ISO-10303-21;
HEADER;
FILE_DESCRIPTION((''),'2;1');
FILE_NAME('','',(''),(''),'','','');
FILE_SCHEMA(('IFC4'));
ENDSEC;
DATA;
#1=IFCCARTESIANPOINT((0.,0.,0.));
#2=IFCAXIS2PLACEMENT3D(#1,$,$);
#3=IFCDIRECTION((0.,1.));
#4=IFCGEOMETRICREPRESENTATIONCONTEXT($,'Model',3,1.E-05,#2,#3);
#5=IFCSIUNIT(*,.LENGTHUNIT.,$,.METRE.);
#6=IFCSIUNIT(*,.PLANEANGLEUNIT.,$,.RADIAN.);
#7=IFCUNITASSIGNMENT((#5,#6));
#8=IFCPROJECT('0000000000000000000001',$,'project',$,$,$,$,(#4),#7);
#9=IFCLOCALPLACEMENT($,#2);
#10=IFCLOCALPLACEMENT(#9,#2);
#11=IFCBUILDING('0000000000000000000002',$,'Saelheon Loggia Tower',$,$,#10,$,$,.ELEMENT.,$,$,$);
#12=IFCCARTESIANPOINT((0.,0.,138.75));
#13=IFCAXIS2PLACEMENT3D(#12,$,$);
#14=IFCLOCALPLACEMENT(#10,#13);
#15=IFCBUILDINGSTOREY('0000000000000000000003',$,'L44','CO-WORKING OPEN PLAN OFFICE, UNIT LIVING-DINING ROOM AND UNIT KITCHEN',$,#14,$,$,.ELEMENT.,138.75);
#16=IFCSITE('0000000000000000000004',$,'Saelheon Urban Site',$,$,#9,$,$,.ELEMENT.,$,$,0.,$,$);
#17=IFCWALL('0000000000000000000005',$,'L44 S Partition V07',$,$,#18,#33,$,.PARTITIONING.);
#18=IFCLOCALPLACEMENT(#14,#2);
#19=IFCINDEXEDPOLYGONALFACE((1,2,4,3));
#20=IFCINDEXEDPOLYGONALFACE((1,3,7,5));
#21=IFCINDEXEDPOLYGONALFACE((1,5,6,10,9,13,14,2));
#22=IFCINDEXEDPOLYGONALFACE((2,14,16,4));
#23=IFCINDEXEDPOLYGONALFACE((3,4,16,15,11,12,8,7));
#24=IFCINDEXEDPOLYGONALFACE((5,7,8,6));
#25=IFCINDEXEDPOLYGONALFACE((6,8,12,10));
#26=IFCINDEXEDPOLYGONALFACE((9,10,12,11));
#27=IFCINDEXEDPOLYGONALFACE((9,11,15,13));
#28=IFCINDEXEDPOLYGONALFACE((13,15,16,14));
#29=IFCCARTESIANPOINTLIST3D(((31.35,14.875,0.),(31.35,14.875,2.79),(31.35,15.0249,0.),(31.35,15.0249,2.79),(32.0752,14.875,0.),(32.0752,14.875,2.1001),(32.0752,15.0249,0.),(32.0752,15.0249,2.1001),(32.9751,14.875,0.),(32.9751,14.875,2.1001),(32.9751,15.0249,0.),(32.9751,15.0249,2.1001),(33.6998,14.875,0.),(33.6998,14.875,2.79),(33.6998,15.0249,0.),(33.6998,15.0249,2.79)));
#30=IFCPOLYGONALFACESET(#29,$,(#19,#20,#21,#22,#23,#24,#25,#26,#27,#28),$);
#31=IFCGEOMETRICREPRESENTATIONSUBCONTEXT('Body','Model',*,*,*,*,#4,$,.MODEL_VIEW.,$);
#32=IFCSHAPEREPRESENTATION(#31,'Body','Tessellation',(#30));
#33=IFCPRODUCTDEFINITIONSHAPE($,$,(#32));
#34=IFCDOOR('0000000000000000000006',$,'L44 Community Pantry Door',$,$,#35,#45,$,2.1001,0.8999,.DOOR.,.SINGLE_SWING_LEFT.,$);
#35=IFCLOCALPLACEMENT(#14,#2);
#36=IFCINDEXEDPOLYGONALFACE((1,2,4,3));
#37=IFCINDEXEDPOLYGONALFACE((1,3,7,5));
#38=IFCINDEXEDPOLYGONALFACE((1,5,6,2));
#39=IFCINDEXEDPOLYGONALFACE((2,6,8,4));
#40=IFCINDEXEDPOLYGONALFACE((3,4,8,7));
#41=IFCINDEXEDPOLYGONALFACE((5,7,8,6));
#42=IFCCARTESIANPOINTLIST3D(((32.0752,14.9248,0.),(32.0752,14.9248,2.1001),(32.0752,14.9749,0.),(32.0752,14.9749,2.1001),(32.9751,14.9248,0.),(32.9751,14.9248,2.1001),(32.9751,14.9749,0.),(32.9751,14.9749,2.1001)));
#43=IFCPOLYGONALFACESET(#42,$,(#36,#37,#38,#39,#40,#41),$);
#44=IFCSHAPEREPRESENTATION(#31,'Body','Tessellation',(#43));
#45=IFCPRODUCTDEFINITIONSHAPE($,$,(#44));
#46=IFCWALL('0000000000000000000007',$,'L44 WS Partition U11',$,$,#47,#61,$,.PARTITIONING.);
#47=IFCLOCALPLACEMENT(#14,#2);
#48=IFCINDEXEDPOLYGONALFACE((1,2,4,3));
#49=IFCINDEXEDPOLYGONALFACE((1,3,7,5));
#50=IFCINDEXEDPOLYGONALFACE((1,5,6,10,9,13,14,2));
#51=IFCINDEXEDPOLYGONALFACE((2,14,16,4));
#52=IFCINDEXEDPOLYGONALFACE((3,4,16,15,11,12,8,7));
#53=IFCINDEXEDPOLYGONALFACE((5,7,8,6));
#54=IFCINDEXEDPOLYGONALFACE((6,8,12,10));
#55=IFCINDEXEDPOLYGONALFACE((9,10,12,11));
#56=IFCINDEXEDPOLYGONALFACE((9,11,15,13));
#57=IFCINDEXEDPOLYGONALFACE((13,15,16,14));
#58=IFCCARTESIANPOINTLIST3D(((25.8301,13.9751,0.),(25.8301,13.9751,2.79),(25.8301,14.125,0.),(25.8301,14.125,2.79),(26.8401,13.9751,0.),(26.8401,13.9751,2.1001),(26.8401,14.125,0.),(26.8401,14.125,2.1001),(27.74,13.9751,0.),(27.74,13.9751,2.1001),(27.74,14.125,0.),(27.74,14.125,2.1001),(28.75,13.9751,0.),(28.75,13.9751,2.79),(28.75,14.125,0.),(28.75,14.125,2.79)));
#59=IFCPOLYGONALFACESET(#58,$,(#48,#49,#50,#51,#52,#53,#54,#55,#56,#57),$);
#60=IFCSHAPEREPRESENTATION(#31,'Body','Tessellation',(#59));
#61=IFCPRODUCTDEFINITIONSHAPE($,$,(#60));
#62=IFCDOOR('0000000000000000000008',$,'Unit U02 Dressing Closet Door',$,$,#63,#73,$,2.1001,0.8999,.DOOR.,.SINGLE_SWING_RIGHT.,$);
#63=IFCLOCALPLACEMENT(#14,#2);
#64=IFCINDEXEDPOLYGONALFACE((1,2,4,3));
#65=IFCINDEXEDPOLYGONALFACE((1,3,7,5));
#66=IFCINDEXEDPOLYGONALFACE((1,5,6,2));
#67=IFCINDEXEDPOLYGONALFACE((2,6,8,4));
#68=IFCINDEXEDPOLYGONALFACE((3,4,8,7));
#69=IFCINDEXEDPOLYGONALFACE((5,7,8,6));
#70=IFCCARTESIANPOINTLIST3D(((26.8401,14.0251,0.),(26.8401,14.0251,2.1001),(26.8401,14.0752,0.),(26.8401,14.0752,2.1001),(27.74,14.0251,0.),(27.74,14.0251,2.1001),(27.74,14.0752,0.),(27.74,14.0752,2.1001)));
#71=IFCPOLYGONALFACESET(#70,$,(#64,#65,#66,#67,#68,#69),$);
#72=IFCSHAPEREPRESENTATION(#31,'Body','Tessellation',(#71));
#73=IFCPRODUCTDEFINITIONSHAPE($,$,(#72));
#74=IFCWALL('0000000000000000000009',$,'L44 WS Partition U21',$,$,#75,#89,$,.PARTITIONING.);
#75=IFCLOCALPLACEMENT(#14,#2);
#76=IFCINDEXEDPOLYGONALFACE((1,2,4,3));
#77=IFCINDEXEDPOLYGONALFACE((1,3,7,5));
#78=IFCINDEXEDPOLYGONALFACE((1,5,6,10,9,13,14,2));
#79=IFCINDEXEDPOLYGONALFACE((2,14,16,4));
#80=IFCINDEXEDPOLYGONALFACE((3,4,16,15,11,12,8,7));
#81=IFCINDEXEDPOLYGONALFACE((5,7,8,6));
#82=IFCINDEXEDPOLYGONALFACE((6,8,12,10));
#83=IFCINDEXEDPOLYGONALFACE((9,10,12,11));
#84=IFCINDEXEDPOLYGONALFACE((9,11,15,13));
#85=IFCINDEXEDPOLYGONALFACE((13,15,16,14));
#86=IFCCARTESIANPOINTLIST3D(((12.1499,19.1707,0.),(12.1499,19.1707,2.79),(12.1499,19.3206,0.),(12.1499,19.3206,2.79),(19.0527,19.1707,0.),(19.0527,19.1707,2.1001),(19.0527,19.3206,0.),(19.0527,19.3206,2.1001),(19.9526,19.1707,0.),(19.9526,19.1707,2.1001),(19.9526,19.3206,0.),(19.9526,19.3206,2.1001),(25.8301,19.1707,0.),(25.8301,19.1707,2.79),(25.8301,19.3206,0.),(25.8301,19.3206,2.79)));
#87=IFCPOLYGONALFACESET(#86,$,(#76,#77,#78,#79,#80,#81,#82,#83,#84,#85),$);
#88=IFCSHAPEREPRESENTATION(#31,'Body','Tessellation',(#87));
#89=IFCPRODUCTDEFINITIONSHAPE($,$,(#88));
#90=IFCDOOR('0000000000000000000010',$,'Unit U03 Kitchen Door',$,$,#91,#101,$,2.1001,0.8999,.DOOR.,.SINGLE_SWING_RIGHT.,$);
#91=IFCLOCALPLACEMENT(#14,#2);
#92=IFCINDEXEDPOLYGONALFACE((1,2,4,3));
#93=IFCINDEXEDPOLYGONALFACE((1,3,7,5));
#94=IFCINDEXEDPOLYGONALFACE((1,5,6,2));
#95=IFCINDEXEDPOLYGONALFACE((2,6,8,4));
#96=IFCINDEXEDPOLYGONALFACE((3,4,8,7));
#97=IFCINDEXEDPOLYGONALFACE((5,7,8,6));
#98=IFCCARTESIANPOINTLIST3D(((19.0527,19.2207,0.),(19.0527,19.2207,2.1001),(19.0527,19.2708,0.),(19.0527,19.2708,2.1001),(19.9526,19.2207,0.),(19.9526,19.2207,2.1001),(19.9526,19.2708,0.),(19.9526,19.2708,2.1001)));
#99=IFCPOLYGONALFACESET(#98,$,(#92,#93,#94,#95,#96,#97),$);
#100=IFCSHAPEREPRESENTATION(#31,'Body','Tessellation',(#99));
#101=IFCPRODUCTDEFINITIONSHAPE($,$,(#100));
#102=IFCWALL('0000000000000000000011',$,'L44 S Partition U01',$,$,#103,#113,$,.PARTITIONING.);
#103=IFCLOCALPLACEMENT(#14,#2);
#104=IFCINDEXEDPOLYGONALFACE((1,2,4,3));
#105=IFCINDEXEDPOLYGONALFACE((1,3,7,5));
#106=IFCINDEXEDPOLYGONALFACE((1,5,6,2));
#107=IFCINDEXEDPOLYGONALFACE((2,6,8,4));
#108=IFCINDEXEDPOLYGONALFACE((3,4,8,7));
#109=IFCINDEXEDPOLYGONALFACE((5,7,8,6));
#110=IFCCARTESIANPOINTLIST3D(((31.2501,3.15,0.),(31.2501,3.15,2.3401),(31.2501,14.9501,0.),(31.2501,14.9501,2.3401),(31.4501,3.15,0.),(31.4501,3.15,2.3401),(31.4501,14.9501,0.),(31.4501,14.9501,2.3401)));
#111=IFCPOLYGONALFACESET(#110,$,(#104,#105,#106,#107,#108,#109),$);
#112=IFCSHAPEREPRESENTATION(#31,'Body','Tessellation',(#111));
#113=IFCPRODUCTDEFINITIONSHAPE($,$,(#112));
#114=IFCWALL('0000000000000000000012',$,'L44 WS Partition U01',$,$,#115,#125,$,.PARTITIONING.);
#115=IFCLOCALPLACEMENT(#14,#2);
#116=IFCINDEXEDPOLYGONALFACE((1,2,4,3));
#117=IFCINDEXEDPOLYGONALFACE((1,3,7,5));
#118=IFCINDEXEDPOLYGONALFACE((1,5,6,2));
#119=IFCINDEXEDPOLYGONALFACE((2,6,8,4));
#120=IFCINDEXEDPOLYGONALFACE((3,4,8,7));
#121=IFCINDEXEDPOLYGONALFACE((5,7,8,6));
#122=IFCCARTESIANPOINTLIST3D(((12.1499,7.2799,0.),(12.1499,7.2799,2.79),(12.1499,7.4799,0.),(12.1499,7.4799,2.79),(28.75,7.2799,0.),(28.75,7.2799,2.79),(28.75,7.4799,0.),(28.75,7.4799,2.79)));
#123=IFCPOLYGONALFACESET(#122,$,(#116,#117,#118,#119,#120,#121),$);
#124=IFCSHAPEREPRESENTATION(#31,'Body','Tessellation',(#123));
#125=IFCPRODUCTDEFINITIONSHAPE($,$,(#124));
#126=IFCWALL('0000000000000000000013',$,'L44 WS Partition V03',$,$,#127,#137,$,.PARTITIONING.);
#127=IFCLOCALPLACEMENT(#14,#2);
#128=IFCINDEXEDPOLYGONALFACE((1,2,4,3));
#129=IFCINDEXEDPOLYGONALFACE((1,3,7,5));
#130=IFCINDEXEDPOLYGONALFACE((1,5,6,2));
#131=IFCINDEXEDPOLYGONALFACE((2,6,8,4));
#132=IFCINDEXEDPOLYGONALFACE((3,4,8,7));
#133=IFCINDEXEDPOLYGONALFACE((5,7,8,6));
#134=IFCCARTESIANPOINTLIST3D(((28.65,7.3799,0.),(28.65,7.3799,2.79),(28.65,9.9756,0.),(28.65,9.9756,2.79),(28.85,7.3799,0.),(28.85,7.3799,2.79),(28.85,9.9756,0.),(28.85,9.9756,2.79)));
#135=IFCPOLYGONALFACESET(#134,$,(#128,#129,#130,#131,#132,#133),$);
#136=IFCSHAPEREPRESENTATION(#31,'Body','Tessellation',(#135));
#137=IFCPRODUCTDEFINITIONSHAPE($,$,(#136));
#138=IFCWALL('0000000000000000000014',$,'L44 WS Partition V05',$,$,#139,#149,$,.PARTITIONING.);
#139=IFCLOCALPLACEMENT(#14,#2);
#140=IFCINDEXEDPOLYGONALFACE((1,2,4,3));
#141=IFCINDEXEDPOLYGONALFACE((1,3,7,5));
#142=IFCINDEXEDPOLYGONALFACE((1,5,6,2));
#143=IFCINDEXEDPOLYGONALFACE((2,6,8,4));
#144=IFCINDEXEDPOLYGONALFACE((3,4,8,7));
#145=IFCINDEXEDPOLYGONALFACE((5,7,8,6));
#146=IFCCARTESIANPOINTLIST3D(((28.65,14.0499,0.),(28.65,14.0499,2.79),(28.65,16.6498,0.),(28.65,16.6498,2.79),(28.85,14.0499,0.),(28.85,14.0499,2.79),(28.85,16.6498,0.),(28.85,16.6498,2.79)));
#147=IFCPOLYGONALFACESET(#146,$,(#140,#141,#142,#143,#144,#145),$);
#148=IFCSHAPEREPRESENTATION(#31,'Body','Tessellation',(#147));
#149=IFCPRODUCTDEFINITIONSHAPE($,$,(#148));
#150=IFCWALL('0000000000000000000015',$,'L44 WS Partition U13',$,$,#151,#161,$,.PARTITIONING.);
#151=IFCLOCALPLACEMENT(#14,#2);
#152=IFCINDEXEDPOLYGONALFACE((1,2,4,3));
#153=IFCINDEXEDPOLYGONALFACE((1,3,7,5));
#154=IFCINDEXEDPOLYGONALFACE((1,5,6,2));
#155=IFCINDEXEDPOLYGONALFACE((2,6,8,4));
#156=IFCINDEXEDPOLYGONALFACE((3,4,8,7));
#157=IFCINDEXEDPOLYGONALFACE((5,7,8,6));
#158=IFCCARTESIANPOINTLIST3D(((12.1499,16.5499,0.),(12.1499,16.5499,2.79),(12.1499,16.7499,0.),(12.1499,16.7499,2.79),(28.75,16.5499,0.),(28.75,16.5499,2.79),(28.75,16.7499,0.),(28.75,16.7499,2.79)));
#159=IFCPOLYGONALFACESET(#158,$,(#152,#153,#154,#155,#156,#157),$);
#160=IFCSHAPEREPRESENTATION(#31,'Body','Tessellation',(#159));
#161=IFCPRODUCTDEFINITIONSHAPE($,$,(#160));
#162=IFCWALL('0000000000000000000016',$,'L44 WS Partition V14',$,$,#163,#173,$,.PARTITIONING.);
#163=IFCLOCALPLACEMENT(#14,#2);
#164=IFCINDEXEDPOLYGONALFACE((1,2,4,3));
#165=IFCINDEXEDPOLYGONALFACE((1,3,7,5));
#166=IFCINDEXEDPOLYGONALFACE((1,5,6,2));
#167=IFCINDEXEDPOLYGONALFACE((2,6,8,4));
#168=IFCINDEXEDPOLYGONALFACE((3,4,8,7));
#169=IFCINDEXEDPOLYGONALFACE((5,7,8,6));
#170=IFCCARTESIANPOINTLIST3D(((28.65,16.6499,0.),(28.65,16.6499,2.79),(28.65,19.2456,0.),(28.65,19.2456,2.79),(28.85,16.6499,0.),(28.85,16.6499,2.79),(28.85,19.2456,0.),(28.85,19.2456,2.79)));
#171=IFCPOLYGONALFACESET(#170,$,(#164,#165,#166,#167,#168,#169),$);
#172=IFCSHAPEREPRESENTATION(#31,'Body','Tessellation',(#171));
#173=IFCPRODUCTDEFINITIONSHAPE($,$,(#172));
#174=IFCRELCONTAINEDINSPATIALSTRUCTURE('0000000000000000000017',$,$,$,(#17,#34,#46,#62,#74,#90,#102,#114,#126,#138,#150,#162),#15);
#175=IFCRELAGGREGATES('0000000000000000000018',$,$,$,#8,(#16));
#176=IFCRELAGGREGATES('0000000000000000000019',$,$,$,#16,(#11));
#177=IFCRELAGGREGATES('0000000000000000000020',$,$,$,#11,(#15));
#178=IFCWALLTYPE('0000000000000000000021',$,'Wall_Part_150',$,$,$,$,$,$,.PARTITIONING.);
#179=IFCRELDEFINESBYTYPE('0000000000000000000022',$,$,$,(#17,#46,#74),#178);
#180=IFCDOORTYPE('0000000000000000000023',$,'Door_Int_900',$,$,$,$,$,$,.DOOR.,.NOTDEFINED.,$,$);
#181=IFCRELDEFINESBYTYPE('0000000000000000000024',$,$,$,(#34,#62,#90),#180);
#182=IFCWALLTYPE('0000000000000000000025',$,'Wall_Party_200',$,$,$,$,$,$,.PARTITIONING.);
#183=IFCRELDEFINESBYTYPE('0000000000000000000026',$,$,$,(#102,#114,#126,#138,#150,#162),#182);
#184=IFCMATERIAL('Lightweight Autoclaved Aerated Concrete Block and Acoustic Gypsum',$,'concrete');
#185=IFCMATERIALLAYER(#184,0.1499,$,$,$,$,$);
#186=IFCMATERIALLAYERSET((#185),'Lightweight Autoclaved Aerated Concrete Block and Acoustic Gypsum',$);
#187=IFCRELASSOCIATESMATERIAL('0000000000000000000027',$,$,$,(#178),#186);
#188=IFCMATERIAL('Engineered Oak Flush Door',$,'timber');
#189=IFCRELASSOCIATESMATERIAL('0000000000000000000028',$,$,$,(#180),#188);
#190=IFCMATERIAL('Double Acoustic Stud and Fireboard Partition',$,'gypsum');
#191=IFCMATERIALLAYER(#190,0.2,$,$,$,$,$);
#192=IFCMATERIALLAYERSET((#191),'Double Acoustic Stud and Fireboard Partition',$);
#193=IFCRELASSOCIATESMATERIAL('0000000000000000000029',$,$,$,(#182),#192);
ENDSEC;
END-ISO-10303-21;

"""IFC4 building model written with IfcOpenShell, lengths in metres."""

from ifc_helpers import new_model, si_unit, direction, frame, frame_2d, origin, place, context, subcontext, project, spatial, rectangle, extrude, source, transform, mapped, material, layer, layer_set, type_object, element, fill, save


model = new_model("IFC4")

# Units and contexts
model_context = context("Model", 3, precision=1e-05, world=origin(), true_north=direction((0.0, 1.0)))
body_context = subcontext(model_context, "Body", "Model", "MODEL_VIEW")
ifc_project = project(units=[si_unit("LENGTHUNIT", "METRE"), si_unit("PLANEANGLEUNIT", "RADIAN")], contexts=[model_context])

# Site, building, storey
site_placement = place(None, origin())
site = spatial("IfcSite", under=ifc_project, at=site_placement, Name="Saelheon Urban Site", CompositionType="ELEMENT", RefElevation=0.0)
building_placement = place(site_placement, origin())
building = spatial("IfcBuilding", under=site, at=building_placement, Name="Saelheon Loggia Tower", CompositionType="ELEMENT")
storey_placement = place(building_placement, frame((0.0, 0.0, 138.75)))
storey = spatial("IfcBuildingStorey", under=building, at=storey_placement, Name="L44", Description="CO-WORKING OPEN PLAN OFFICE, UNIT LIVING-DINING ROOM AND UNIT KITCHEN", CompositionType="ELEMENT", Elevation=138.75)

# Walls, openings, doors
ifc_material_1 = material(Name="Lightweight Autoclaved Aerated Concrete Block and Acoustic Gypsum", Category="concrete")
ifc_layer_1 = layer(ifc_material_1, 0.1499)
ifc_layer_set_1 = layer_set([ifc_layer_1], Name="Lightweight Autoclaved Aerated Concrete Block and Acoustic Gypsum")
wall_type_1 = type_object("IfcWallType", Name="Wall_Part_150", PredefinedType="PARTITIONING", material=ifc_layer_set_1)
wall_1_placement = place(storey_placement, frame((31.3501, 14.95, 0.0), z_axis=(0.0, 0.0, 1.0), x_axis=(1.0, 0.0, 0.0)))
wall_1 = element("IfcWall", 1, at=wall_1_placement, inside=storey, type_object=wall_type_1, Name="L44 S Partition V07", PredefinedType="PARTITIONING", context=body_context, shape_type="SweptSolid", body=[
    extrude(rectangle(XDim=2.3499, YDim=0.1499, at=frame_2d((1.1748, 0.0))), origin(), (0.0, 0.0, 1.0), 2.79),
])
opening_1_placement = place(wall_1_placement, frame((0.7251, 0.0, 0.0)))
opening_1 = element("IfcOpeningElement", 2, at=opening_1_placement, cuts=wall_1, PredefinedType="OPENING", context=body_context, shape_type="SweptSolid", body=[
    extrude(rectangle(XDim=0.8999, YDim=2.1001, at=frame_2d((0.45, 1.05))), frame((0.0, 0.0869, 0.0), z_axis=(0.0, -1.0, 0.0), x_axis=(1.0, 0.0, 0.0)), (0.0, 0.0, 1.0), 0.1738),
])
ifc_material_2 = material(Name="Engineered Oak Flush Door", Category="timber")
door_type_1 = type_object("IfcDoorType", Name="Door_Int_900", OperationType="NOTDEFINED", PredefinedType="DOOR", material=ifc_material_2)
shared_shape_1 = source(origin(), body_context, "Body", "SweptSolid", [
    extrude(rectangle(XDim=0.8999, YDim=2.1001, at=frame_2d((0.45, 1.05))), frame((0.0, 0.0249, 0.0), z_axis=(0.0, -1.0, 0.0), x_axis=(1.0, 0.0, 0.0)), (0.0, 0.0, 1.0), 0.05),
])
door_1_placement = place(opening_1_placement, origin())
door_1 = element("IfcDoor", 3, at=door_1_placement, inside=storey, type_object=door_type_1, Name="L44 Community Pantry Door", OperationType="SINGLE_SWING_LEFT", OverallHeight=2.1001, OverallWidth=0.8999, PredefinedType="DOOR", context=body_context, shape_type="MappedRepresentation", body=[
    mapped(shared_shape_1, transform((0.0, 0.0, 0.0), scale=1.0)),
])
fill(opening_1, door_1)
wall_2_placement = place(storey_placement, frame((28.75, 14.05, 0.0), z_axis=(0.0, 0.0, 1.0), x_axis=(-1.0, 0.0, 0.0)))
wall_2 = element("IfcWall", 4, at=wall_2_placement, inside=storey, type_object=wall_type_1, Name="L44 WS Partition U11", PredefinedType="PARTITIONING", context=body_context, shape_type="SweptSolid", body=[
    extrude(rectangle(XDim=2.9199, YDim=0.1499, at=frame_2d((1.46, 0.0))), origin(), (0.0, 0.0, 1.0), 2.79),
])
opening_2_placement = place(wall_2_placement, frame((1.01, 0.0, 0.0)))
opening_2 = element("IfcOpeningElement", 5, at=opening_2_placement, cuts=wall_2, PredefinedType="OPENING", context=body_context, shape_type="SweptSolid", body=[
    extrude(rectangle(XDim=0.8999, YDim=2.1001, at=frame_2d((0.45, 1.05))), frame((0.0, 0.0869, 0.0), z_axis=(0.0, -1.0, 0.0), x_axis=(1.0, 0.0, 0.0)), (0.0, 0.0, 1.0), 0.1738),
])
door_2_placement = place(opening_2_placement, origin())
door_2 = element("IfcDoor", 6, at=door_2_placement, inside=storey, type_object=door_type_1, Name="Unit U02 Dressing Closet Door", OperationType="SINGLE_SWING_RIGHT", OverallHeight=2.1001, OverallWidth=0.8999, PredefinedType="DOOR", context=body_context, shape_type="MappedRepresentation", body=[
    mapped(shared_shape_1, transform((0.0, 0.0, 0.0), scale=1.0)),
])
fill(opening_2, door_2)
wall_3_placement = place(storey_placement, frame((25.8301, 19.2456, 0.0), z_axis=(0.0, 0.0, 1.0), x_axis=(-1.0, 0.0, 0.0)))
wall_3 = element("IfcWall", 7, at=wall_3_placement, inside=storey, type_object=wall_type_1, Name="L44 WS Partition U21", PredefinedType="PARTITIONING", context=body_context, shape_type="SweptSolid", body=[
    extrude(rectangle(XDim=13.6802, YDim=0.1499, at=frame_2d((6.8401, 0.0))), origin(), (0.0, 0.0, 1.0), 2.79),
])
opening_3_placement = place(wall_3_placement, frame((5.8774, 0.0, 0.0)))
opening_3 = element("IfcOpeningElement", 8, at=opening_3_placement, cuts=wall_3, PredefinedType="OPENING", context=body_context, shape_type="SweptSolid", body=[
    extrude(rectangle(XDim=0.8999, YDim=2.1001, at=frame_2d((0.45, 1.05))), frame((0.0, 0.0869, 0.0), z_axis=(0.0, -1.0, 0.0), x_axis=(1.0, 0.0, 0.0)), (0.0, 0.0, 1.0), 0.1738),
])
door_3_placement = place(opening_3_placement, origin())
door_3 = element("IfcDoor", 9, at=door_3_placement, inside=storey, type_object=door_type_1, Name="Unit U03 Kitchen Door", OperationType="SINGLE_SWING_RIGHT", OverallHeight=2.1001, OverallWidth=0.8999, PredefinedType="DOOR", context=body_context, shape_type="MappedRepresentation", body=[
    mapped(shared_shape_1, transform((0.0, 0.0, 0.0), scale=1.0)),
])
fill(opening_3, door_3)

# Walls
ifc_material_3 = material(Name="Double Acoustic Stud and Fireboard Partition", Category="gypsum")
ifc_layer_2 = layer(ifc_material_3, 0.2)
ifc_layer_set_2 = layer_set([ifc_layer_2], Name="Double Acoustic Stud and Fireboard Partition")
wall_type_2 = type_object("IfcWallType", Name="Wall_Party_200", PredefinedType="PARTITIONING", material=ifc_layer_set_2)
wall_4_placement = place(storey_placement, frame((31.3501, 14.95, 0.0), z_axis=(0.0, 0.0, 1.0), x_axis=(0.0, -1.0, 0.0)))
element("IfcWall", 10, at=wall_4_placement, inside=storey, type_object=wall_type_2, Name="L44 S Partition U01", PredefinedType="PARTITIONING", context=body_context, shape_type="SweptSolid", body=[
    extrude(rectangle(XDim=11.8, YDim=0.2, at=frame_2d((5.8999, 0.0))), origin(), (0.0, 0.0, 1.0), 2.3401),
])
wall_5_placement = place(storey_placement, frame((28.75, 7.3799, 0.0), z_axis=(0.0, 0.0, 1.0), x_axis=(-1.0, 0.0, 0.0)))
element("IfcWall", 11, at=wall_5_placement, inside=storey, type_object=wall_type_2, Name="L44 WS Partition U01", PredefinedType="PARTITIONING", context=body_context, shape_type="SweptSolid", body=[
    extrude(rectangle(XDim=16.6001, YDim=0.2, at=frame_2d((8.3, 0.0))), origin(), (0.0, 0.0, 1.0), 2.79),
])
wall_6_placement = place(storey_placement, frame((28.75, 7.3799, 0.0), z_axis=(0.0, 0.0, 1.0), x_axis=(0.0, 1.0, 0.0)))
element("IfcWall", 12, at=wall_6_placement, inside=storey, type_object=wall_type_2, Name="L44 WS Partition V03", PredefinedType="PARTITIONING", context=body_context, shape_type="SweptSolid", body=[
    extrude(rectangle(XDim=2.5957, YDim=0.2, at=frame_2d((1.2979, 0.0))), origin(), (0.0, 0.0, 1.0), 2.79),
])

# Walls
wall_7_placement = place(storey_placement, frame((28.75, 14.05, 0.0), z_axis=(0.0, 0.0, 1.0), x_axis=(0.0, 1.0, 0.0)))
element("IfcWall", 13, at=wall_7_placement, inside=storey, type_object=wall_type_2, Name="L44 WS Partition V05", PredefinedType="PARTITIONING", context=body_context, shape_type="SweptSolid", body=[
    extrude(rectangle(XDim=2.5999, YDim=0.2, at=frame_2d((1.2998, 0.0))), origin(), (0.0, 0.0, 1.0), 2.79),
])
wall_8_placement = place(storey_placement, frame((28.75, 16.6499, 0.0), z_axis=(0.0, 0.0, 1.0), x_axis=(-1.0, 0.0, 0.0)))
element("IfcWall", 14, at=wall_8_placement, inside=storey, type_object=wall_type_2, Name="L44 WS Partition U13", PredefinedType="PARTITIONING", context=body_context, shape_type="SweptSolid", body=[
    extrude(rectangle(XDim=16.6001, YDim=0.2, at=frame_2d((8.3, 0.0))), origin(), (0.0, 0.0, 1.0), 2.79),
])
wall_9_placement = place(storey_placement, frame((28.75, 16.6499, 0.0), z_axis=(0.0, 0.0, 1.0), x_axis=(0.0, 1.0, 0.0)))
element("IfcWall", 15, at=wall_9_placement, inside=storey, type_object=wall_type_2, Name="L44 WS Partition V14", PredefinedType="PARTITIONING", context=body_context, shape_type="SweptSolid", body=[
    extrude(rectangle(XDim=2.5957, YDim=0.2, at=frame_2d((1.2979, 0.0))), origin(), (0.0, 0.0, 1.0), 2.79),
])

save(model, "model.ifc")
